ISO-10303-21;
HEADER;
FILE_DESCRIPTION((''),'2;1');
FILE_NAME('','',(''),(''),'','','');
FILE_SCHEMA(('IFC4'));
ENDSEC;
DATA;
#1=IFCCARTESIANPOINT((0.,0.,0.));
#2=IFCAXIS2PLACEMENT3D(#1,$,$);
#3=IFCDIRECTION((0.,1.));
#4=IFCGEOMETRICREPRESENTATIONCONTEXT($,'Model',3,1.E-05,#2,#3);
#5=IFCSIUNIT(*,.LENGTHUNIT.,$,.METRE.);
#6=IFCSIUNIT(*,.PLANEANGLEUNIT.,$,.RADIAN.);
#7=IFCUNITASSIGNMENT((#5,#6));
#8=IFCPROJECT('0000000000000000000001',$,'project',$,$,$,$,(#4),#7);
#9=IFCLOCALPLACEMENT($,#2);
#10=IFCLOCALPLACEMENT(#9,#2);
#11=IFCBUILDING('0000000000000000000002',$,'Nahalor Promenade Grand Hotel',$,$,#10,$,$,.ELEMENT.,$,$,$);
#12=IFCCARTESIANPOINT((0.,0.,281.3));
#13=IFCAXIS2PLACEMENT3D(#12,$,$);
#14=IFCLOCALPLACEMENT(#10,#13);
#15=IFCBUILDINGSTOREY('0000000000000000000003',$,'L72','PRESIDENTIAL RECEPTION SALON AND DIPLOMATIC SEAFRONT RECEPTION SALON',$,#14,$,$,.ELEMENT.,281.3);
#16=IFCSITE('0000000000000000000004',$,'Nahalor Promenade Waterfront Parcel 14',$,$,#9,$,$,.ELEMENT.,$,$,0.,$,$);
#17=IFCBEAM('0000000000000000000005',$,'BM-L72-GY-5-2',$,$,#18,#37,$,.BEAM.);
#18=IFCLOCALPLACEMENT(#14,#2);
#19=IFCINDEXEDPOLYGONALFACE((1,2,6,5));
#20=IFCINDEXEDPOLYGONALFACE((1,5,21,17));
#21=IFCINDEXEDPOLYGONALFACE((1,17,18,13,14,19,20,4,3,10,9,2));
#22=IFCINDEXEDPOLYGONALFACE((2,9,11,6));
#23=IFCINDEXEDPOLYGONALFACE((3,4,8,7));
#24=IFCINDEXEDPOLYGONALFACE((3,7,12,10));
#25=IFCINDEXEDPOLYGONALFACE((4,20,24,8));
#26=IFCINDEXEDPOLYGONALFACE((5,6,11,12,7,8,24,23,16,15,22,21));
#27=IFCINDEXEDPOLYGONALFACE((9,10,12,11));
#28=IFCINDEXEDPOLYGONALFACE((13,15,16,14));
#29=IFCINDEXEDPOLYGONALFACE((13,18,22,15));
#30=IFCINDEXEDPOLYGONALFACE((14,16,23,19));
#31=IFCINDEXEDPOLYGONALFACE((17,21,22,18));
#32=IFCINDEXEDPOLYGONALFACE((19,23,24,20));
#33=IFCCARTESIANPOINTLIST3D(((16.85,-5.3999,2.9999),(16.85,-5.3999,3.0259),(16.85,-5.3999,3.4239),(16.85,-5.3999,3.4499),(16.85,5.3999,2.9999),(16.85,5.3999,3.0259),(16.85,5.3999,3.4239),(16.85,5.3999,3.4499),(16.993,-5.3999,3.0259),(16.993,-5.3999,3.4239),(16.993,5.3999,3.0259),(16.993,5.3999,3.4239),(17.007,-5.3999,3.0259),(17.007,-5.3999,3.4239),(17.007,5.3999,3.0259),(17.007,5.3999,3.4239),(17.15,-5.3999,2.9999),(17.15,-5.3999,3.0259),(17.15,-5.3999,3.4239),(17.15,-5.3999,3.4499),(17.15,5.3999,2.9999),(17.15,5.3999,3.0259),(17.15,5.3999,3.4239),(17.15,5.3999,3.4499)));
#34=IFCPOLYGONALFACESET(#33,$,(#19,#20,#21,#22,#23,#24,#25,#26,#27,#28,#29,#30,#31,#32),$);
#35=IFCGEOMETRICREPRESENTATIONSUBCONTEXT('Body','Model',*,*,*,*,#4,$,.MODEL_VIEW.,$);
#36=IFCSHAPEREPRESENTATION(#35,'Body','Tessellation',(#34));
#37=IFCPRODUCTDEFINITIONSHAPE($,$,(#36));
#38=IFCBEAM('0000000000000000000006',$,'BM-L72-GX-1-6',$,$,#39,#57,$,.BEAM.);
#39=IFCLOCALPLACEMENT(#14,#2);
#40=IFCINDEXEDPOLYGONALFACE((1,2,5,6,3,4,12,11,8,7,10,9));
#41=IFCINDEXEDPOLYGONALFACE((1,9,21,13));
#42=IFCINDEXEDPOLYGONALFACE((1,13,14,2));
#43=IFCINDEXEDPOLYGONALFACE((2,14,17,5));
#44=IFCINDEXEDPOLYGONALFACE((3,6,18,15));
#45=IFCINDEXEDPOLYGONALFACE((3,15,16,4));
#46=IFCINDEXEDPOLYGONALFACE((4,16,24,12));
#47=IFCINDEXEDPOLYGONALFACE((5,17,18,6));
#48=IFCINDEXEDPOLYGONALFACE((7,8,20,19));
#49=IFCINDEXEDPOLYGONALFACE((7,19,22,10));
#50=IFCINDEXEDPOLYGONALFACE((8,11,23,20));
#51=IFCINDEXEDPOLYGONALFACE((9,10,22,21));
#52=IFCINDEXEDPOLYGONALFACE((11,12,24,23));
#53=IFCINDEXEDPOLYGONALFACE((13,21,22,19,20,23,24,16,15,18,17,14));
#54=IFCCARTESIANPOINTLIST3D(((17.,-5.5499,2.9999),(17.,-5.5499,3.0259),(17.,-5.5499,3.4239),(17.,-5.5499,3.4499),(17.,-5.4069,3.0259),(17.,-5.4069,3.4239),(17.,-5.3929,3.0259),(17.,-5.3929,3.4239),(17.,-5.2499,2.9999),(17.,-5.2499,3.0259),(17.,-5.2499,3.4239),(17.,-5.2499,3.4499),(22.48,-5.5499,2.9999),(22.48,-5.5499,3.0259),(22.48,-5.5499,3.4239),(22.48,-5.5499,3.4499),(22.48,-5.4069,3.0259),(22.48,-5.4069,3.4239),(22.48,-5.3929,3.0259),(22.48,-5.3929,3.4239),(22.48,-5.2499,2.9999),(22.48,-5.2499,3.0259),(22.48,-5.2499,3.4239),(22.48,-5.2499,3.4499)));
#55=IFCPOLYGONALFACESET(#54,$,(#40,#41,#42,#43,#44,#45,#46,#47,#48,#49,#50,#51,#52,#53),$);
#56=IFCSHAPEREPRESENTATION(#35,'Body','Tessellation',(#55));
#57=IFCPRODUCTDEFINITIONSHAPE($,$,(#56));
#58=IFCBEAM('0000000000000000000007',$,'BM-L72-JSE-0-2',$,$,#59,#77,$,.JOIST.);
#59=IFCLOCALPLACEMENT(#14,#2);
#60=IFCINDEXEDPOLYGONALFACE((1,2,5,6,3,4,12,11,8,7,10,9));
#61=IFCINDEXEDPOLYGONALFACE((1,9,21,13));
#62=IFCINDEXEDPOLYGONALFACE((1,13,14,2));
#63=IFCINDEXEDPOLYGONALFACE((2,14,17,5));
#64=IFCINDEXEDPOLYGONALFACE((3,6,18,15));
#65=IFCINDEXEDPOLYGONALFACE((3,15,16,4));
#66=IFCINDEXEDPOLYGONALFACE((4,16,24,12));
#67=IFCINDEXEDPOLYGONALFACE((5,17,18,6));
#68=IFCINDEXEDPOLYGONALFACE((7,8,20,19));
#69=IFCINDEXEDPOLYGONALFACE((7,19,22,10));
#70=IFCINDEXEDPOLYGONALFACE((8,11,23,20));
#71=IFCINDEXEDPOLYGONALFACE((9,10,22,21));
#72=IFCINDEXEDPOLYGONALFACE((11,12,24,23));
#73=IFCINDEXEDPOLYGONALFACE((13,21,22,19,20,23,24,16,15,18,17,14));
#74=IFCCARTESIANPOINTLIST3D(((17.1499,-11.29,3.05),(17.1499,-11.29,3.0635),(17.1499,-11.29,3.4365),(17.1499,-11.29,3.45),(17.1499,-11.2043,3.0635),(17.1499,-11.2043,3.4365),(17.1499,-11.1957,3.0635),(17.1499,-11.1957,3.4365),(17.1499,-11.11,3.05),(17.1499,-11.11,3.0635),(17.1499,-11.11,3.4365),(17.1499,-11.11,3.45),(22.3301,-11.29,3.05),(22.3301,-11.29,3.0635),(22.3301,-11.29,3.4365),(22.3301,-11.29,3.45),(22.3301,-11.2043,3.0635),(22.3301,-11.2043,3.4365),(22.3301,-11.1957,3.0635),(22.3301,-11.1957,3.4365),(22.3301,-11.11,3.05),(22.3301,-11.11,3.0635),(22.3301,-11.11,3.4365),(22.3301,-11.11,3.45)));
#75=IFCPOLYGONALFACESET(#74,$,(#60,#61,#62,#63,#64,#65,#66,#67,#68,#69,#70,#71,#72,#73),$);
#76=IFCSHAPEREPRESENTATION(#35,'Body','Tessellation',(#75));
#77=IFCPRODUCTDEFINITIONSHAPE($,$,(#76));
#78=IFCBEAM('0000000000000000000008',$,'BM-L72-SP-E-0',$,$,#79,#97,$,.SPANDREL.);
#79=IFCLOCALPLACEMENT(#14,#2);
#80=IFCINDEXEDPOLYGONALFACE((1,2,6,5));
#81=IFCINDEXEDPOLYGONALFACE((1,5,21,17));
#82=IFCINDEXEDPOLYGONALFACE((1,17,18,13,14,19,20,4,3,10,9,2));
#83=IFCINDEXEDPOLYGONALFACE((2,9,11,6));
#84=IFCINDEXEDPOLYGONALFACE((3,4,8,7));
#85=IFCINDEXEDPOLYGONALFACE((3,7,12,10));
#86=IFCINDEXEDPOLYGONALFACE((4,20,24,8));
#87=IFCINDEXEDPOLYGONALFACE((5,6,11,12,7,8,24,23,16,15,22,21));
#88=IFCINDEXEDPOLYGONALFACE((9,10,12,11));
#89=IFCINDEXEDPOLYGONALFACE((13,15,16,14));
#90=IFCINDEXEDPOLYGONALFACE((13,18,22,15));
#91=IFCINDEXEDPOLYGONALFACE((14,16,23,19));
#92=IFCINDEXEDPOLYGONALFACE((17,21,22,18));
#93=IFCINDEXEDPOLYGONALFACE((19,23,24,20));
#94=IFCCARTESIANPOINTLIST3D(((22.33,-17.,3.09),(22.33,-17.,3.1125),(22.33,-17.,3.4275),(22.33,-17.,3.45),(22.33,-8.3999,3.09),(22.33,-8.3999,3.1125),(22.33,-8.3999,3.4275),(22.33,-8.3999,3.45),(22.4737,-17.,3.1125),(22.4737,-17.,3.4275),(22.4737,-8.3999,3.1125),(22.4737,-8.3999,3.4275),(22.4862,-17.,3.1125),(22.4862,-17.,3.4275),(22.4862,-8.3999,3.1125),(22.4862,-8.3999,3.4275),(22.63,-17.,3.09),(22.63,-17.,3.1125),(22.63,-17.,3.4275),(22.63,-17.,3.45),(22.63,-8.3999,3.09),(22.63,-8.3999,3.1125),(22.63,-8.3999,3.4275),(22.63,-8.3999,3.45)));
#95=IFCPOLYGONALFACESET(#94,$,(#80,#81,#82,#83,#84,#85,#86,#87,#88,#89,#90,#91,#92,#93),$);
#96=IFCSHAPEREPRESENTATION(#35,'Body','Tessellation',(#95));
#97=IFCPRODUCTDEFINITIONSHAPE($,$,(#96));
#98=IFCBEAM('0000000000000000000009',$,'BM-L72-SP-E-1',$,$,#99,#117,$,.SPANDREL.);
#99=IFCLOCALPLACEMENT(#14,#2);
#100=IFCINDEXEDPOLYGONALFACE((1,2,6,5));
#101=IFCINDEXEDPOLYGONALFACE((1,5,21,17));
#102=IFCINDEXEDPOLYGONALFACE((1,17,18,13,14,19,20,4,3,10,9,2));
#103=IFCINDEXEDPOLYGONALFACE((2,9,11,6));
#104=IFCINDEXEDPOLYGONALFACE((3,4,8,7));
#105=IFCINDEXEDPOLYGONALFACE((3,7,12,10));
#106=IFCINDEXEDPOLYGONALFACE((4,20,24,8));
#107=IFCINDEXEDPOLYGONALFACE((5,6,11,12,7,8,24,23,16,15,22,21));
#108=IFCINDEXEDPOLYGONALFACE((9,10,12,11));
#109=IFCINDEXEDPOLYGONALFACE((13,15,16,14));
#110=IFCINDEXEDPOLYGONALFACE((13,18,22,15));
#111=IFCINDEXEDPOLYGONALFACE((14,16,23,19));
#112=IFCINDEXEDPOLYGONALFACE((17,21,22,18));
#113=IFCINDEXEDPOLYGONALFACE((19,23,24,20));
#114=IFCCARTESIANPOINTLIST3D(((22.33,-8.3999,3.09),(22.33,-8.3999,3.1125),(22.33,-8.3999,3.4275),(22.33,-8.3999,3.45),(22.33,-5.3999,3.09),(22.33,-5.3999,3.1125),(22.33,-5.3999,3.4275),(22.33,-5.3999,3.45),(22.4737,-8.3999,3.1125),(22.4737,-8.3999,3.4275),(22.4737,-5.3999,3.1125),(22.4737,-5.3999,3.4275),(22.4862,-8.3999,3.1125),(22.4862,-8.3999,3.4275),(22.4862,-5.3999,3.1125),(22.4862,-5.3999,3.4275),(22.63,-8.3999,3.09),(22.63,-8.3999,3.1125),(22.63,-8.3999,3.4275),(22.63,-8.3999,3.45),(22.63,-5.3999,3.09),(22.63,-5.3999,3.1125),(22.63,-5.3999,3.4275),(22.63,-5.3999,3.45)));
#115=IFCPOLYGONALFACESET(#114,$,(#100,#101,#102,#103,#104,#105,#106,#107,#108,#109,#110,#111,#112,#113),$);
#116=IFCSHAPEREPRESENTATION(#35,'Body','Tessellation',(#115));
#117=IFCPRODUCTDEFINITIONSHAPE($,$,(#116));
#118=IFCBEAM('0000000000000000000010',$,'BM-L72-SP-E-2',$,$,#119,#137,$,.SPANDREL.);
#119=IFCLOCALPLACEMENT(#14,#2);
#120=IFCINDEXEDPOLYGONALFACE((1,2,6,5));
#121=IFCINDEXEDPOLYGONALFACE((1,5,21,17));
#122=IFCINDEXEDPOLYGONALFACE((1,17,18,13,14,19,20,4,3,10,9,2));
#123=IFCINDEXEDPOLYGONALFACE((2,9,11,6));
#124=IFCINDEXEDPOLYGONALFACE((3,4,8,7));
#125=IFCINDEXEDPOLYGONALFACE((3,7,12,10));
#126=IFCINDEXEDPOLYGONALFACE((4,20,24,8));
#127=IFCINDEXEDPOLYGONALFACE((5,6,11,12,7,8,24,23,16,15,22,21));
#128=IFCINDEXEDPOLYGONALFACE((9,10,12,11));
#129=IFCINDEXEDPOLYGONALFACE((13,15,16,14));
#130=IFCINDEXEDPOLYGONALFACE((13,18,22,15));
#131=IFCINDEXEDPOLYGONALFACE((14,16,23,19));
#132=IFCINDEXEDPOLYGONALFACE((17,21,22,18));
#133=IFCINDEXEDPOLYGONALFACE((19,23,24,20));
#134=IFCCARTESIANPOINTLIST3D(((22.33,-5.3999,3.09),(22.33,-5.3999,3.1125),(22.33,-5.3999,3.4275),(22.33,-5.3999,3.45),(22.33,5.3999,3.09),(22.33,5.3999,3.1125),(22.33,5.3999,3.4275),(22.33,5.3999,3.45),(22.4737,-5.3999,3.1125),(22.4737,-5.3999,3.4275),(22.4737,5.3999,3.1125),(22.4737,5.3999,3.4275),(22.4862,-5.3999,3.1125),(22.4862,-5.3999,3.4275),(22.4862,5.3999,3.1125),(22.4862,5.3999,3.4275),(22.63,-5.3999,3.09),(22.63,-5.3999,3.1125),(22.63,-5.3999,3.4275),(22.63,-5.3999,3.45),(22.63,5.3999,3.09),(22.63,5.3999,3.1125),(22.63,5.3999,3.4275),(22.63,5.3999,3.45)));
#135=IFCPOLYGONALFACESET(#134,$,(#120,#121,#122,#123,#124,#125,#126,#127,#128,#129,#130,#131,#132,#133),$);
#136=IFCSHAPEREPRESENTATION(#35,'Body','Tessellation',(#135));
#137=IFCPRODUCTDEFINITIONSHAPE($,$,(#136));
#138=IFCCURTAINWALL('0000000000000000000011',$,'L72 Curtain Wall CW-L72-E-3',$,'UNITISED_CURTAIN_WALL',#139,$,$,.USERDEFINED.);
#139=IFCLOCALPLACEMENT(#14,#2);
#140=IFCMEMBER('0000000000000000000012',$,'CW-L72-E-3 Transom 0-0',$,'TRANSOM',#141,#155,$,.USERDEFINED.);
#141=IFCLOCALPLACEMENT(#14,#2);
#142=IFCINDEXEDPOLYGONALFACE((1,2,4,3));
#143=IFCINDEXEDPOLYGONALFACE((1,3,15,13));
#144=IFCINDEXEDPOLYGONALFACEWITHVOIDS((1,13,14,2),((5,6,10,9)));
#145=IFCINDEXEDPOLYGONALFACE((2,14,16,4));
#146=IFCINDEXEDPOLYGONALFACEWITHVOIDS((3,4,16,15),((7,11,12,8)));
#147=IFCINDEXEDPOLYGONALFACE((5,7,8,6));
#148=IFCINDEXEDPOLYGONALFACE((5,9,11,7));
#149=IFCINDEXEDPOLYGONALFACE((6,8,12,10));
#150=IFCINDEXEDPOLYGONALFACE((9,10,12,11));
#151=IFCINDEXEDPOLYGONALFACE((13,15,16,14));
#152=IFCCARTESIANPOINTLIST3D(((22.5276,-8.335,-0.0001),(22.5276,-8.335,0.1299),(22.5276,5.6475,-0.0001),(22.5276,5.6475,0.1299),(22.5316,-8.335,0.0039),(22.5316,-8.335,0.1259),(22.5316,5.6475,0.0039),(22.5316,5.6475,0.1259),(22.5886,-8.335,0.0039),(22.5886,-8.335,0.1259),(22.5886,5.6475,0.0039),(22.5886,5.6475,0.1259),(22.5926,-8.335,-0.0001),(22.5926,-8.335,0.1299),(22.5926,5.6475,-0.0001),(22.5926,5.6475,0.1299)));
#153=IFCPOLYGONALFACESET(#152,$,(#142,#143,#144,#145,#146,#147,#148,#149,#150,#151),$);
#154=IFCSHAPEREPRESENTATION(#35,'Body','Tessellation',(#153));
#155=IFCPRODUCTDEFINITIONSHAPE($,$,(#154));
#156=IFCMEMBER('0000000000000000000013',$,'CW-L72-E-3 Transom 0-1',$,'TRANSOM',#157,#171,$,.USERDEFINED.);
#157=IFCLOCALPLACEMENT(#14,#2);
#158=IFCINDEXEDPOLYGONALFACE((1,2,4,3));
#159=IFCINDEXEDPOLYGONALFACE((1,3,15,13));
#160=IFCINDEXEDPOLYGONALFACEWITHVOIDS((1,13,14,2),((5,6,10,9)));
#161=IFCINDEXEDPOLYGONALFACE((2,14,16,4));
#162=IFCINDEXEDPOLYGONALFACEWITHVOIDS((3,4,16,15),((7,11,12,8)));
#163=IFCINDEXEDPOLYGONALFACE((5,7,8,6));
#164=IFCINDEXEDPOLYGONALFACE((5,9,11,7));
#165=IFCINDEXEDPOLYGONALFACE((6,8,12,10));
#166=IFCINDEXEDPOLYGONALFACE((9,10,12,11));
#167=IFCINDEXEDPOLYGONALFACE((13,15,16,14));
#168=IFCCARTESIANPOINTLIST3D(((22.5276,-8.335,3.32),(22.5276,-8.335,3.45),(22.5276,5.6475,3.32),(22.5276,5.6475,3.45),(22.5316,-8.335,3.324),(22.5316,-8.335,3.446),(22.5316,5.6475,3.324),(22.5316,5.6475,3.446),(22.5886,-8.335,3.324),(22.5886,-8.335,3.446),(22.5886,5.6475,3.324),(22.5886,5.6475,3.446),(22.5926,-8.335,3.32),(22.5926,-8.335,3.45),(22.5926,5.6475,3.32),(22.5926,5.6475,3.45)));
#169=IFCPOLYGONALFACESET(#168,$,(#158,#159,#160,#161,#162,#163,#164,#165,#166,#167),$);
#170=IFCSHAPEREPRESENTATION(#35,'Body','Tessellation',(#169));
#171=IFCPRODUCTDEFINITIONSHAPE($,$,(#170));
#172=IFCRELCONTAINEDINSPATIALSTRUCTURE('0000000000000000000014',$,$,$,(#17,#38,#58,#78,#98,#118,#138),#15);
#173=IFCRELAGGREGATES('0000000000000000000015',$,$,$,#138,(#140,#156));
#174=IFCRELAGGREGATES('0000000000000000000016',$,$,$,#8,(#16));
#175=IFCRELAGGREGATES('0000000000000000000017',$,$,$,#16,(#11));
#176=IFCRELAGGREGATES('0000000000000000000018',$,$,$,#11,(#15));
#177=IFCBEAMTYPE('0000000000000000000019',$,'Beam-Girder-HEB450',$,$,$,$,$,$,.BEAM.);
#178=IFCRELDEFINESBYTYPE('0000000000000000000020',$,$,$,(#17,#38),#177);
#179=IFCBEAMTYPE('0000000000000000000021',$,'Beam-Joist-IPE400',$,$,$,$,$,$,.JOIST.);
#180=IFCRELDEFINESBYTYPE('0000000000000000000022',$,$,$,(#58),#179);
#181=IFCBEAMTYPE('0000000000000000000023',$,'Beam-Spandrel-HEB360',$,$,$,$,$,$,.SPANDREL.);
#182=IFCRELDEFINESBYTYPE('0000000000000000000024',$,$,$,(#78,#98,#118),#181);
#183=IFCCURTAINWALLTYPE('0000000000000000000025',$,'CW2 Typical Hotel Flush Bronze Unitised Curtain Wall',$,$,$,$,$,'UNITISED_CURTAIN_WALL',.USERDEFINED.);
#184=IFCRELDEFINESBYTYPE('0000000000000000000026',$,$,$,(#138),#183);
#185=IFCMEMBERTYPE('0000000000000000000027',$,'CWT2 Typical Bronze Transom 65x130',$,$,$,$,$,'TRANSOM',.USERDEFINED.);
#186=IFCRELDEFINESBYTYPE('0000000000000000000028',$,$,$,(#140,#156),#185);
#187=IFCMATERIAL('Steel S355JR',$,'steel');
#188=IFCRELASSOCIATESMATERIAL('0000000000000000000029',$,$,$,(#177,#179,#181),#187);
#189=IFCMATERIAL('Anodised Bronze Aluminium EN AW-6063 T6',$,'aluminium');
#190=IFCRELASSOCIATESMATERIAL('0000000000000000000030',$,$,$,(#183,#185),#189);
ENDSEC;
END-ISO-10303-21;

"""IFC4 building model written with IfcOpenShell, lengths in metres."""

from ifc_helpers import new_model, si_unit, direction, frame, origin, origin_2d, place, context, subcontext, project, spatial, hollow_rectangle, i_section, extrude, source, transform, mapped, material, material_profile, profile_set, type_object, element, aggregate, save


model = new_model("IFC4")

# Units and contexts
model_context = context("Model", 3, precision=1e-05, world=origin(), true_north=direction((0.0, 1.0)))
body_context = subcontext(model_context, "Body", "Model", "MODEL_VIEW")
ifc_project = project(units=[si_unit("LENGTHUNIT", "METRE"), si_unit("PLANEANGLEUNIT", "RADIAN")], contexts=[model_context])

# Site, building, storey
site_placement = place(None, origin())
site = spatial("IfcSite", under=ifc_project, at=site_placement, Name="Nahalor Promenade Waterfront Parcel 14", CompositionType="ELEMENT", RefElevation=0.0)
building_placement = place(site_placement, origin())
building = spatial("IfcBuilding", under=site, at=building_placement, Name="Nahalor Promenade Grand Hotel", CompositionType="ELEMENT")
storey_placement = place(building_placement, frame((0.0, 0.0, 281.3)))
storey = spatial("IfcBuildingStorey", under=building, at=storey_placement, Name="L72", Description="PRESIDENTIAL RECEPTION SALON AND DIPLOMATIC SEAFRONT RECEPTION SALON", CompositionType="ELEMENT", Elevation=281.3)

# Shared definitions
ifc_material_1 = material(Name="Steel S355JR", Category="steel")

# Beams
ifc_material_profile_1 = material_profile(ifc_material_1, i_section(OverallWidth=0.3, OverallDepth=0.45, WebThickness=0.014, FlangeThickness=0.026, at=origin_2d()), Name="HEB 450")
ifc_profile_set_1 = profile_set([ifc_material_profile_1], Name="Steel S355JR")
beam_type_1 = type_object("IfcBeamType", Name="Beam-Girder-HEB450", PredefinedType="BEAM", material=ifc_profile_set_1)
shared_shape_1 = source(origin(), body_context, "Body", "SweptSolid", [
    extrude(i_section(OverallWidth=0.3, OverallDepth=0.45, WebThickness=0.014, FlangeThickness=0.026, at=origin_2d()), origin(), (0.0, 0.0, 1.0), 10.7998),
])
beam_1_placement = place(storey_placement, frame((17.0, -5.3999, 3.2249), z_axis=(0.0, 1.0, 0.0), x_axis=(-1.0, 0.0, 0.0)))
element("IfcBeam", 1, at=beam_1_placement, inside=storey, type_object=beam_type_1, Name="BM-L72-GY-5-2", PredefinedType="BEAM", context=body_context, shape_type="MappedRepresentation", body=[
    mapped(shared_shape_1, transform((0.0, 0.0, 0.0), scale=1.0)),
])
shared_shape_2 = source(origin(), body_context, "Body", "SweptSolid", [
    extrude(i_section(OverallWidth=0.3, OverallDepth=0.45, WebThickness=0.014, FlangeThickness=0.026, at=origin_2d()), origin(), (0.0, 0.0, 1.0), 5.48),
])
beam_2_placement = place(storey_placement, frame((17.0, -5.3999, 3.2249), z_axis=(1.0, 0.0, 0.0), x_axis=(0.0, 1.0, 0.0)))
element("IfcBeam", 2, at=beam_2_placement, inside=storey, type_object=beam_type_1, Name="BM-L72-GX-1-6", PredefinedType="BEAM", context=body_context, shape_type="MappedRepresentation", body=[
    mapped(shared_shape_2, transform((0.0, 0.0, 0.0), scale=1.0)),
])
ifc_material_profile_2 = material_profile(ifc_material_1, i_section(OverallWidth=0.18, OverallDepth=0.4, WebThickness=0.0086, FlangeThickness=0.0135, at=origin_2d()), Name="IPE 400")
ifc_profile_set_2 = profile_set([ifc_material_profile_2], Name="Steel S355JR")
beam_type_2 = type_object("IfcBeamType", Name="Beam-Joist-IPE400", PredefinedType="JOIST", material=ifc_profile_set_2)
shared_shape_3 = source(origin(), body_context, "Body", "SweptSolid", [
    extrude(i_section(OverallWidth=0.18, OverallDepth=0.4, WebThickness=0.0086, FlangeThickness=0.0135, at=origin_2d()), origin(), (0.0, 0.0, 1.0), 5.1802),
])
beam_3_placement = place(storey_placement, frame((17.1499, -11.2, 3.25), z_axis=(1.0, 0.0, 0.0), x_axis=(0.0, 1.0, 0.0)))
element("IfcBeam", 3, at=beam_3_placement, inside=storey, type_object=beam_type_2, Name="BM-L72-JSE-0-2", PredefinedType="JOIST", context=body_context, shape_type="MappedRepresentation", body=[
    mapped(shared_shape_3, transform((0.0, 0.0, 0.0), scale=1.0)),
])
ifc_material_profile_3 = material_profile(ifc_material_1, i_section(OverallWidth=0.3, OverallDepth=0.36, WebThickness=0.0125, FlangeThickness=0.0225, at=origin_2d()), Name="HEB 360")
ifc_profile_set_3 = profile_set([ifc_material_profile_3], Name="Steel S355JR")
beam_type_3 = type_object("IfcBeamType", Name="Beam-Spandrel-HEB360", PredefinedType="SPANDREL", material=ifc_profile_set_3)
shared_shape_4 = source(origin(), body_context, "Body", "SweptSolid", [
    extrude(i_section(OverallWidth=0.3, OverallDepth=0.36, WebThickness=0.0125, FlangeThickness=0.0225, at=origin_2d()), origin(), (0.0, 0.0, 1.0), 8.6001),
])
beam_4_placement = place(storey_placement, frame((22.48, -17.0, 3.27), z_axis=(0.0, 1.0, 0.0), x_axis=(-1.0, 0.0, 0.0)))
element("IfcBeam", 4, at=beam_4_placement, inside=storey, type_object=beam_type_3, Name="BM-L72-SP-E-0", PredefinedType="SPANDREL", context=body_context, shape_type="MappedRepresentation", body=[
    mapped(shared_shape_4, transform((0.0, 0.0, 0.0), scale=1.0)),
])
shared_shape_5 = source(origin(), body_context, "Body", "SweptSolid", [
    extrude(i_section(OverallWidth=0.3, OverallDepth=0.36, WebThickness=0.0125, FlangeThickness=0.0225, at=origin_2d()), origin(), (0.0, 0.0, 1.0), 3.0),
])
beam_5_placement = place(storey_placement, frame((22.48, -8.3999, 3.27), z_axis=(0.0, 1.0, 0.0), x_axis=(-1.0, 0.0, 0.0)))
element("IfcBeam", 5, at=beam_5_placement, inside=storey, type_object=beam_type_3, Name="BM-L72-SP-E-1", PredefinedType="SPANDREL", context=body_context, shape_type="MappedRepresentation", body=[
    mapped(shared_shape_5, transform((0.0, 0.0, 0.0), scale=1.0)),
])
shared_shape_6 = source(origin(), body_context, "Body", "SweptSolid", [
    extrude(i_section(OverallWidth=0.3, OverallDepth=0.36, WebThickness=0.0125, FlangeThickness=0.0225, at=origin_2d()), origin(), (0.0, 0.0, 1.0), 10.7998),
])
beam_6_placement = place(storey_placement, frame((22.48, -5.3999, 3.27), z_axis=(0.0, 1.0, 0.0), x_axis=(-1.0, 0.0, 0.0)))
element("IfcBeam", 6, at=beam_6_placement, inside=storey, type_object=beam_type_3, Name="BM-L72-SP-E-2", PredefinedType="SPANDREL", context=body_context, shape_type="MappedRepresentation", body=[
    mapped(shared_shape_6, transform((0.0, 0.0, 0.0), scale=1.0)),
])

# Curtain wall, members
ifc_material_2 = material(Name="Anodised Bronze Aluminium EN AW-6063 T6", Category="aluminium")
curtain_wall_type = type_object("IfcCurtainWallType", Name="CW2 Typical Hotel Flush Bronze Unitised Curtain Wall", ElementType="UNITISED_CURTAIN_WALL", PredefinedType="USERDEFINED", material=ifc_material_2)
curtain_wall_placement = place(storey_placement, origin())
curtain_wall = element("IfcCurtainWall", 7, at=curtain_wall_placement, inside=storey, type_object=curtain_wall_type, Name="L72 Curtain Wall CW-L72-E-3", ObjectType="UNITISED_CURTAIN_WALL", PredefinedType="USERDEFINED")
ifc_material_profile_4 = material_profile(ifc_material_2, hollow_rectangle(XDim=0.065, YDim=0.13, WallThickness=0.004, at=origin_2d()), Name="CWT 65x130x4")
ifc_profile_set_4 = profile_set([ifc_material_profile_4], Name="Anodised Bronze Aluminium EN AW-6063 T6")
member_type_1 = type_object("IfcMemberType", Name="CWT2 Typical Bronze Transom 65x130", ElementType="TRANSOM", PredefinedType="USERDEFINED", material=ifc_profile_set_4)
shared_shape_7 = source(origin(), body_context, "Body", "SweptSolid", [
    extrude(hollow_rectangle(XDim=0.065, YDim=0.13, WallThickness=0.004, at=origin_2d()), origin(), (0.0, 0.0, 1.0), 13.9824),
])
member_1_placement = place(storey_placement, frame((22.5601, -8.335, 0.0649), z_axis=(0.0, 1.0, 0.0), x_axis=(-1.0, 0.0, 0.0)))
member_1 = element("IfcMember", 8, at=member_1_placement, type_object=member_type_1, Name="CW-L72-E-3 Transom 0-0", ObjectType="TRANSOM", PredefinedType="USERDEFINED", context=body_context, shape_type="MappedRepresentation", body=[
    mapped(shared_shape_7, transform((0.0, 0.0, 0.0), scale=1.0)),
])
member_2_placement = place(storey_placement, frame((22.5601, -8.335, 3.385), z_axis=(0.0, 1.0, 0.0), x_axis=(-1.0, 0.0, 0.0)))
member_2 = element("IfcMember", 9, at=member_2_placement, type_object=member_type_1, Name="CW-L72-E-3 Transom 0-1", ObjectType="TRANSOM", PredefinedType="USERDEFINED", context=body_context, shape_type="MappedRepresentation", body=[
    mapped(shared_shape_7, transform((0.0, 0.0, 0.0), scale=1.0)),
])
aggregate(curtain_wall, [member_1, member_2])

save(model, "model.ifc")
